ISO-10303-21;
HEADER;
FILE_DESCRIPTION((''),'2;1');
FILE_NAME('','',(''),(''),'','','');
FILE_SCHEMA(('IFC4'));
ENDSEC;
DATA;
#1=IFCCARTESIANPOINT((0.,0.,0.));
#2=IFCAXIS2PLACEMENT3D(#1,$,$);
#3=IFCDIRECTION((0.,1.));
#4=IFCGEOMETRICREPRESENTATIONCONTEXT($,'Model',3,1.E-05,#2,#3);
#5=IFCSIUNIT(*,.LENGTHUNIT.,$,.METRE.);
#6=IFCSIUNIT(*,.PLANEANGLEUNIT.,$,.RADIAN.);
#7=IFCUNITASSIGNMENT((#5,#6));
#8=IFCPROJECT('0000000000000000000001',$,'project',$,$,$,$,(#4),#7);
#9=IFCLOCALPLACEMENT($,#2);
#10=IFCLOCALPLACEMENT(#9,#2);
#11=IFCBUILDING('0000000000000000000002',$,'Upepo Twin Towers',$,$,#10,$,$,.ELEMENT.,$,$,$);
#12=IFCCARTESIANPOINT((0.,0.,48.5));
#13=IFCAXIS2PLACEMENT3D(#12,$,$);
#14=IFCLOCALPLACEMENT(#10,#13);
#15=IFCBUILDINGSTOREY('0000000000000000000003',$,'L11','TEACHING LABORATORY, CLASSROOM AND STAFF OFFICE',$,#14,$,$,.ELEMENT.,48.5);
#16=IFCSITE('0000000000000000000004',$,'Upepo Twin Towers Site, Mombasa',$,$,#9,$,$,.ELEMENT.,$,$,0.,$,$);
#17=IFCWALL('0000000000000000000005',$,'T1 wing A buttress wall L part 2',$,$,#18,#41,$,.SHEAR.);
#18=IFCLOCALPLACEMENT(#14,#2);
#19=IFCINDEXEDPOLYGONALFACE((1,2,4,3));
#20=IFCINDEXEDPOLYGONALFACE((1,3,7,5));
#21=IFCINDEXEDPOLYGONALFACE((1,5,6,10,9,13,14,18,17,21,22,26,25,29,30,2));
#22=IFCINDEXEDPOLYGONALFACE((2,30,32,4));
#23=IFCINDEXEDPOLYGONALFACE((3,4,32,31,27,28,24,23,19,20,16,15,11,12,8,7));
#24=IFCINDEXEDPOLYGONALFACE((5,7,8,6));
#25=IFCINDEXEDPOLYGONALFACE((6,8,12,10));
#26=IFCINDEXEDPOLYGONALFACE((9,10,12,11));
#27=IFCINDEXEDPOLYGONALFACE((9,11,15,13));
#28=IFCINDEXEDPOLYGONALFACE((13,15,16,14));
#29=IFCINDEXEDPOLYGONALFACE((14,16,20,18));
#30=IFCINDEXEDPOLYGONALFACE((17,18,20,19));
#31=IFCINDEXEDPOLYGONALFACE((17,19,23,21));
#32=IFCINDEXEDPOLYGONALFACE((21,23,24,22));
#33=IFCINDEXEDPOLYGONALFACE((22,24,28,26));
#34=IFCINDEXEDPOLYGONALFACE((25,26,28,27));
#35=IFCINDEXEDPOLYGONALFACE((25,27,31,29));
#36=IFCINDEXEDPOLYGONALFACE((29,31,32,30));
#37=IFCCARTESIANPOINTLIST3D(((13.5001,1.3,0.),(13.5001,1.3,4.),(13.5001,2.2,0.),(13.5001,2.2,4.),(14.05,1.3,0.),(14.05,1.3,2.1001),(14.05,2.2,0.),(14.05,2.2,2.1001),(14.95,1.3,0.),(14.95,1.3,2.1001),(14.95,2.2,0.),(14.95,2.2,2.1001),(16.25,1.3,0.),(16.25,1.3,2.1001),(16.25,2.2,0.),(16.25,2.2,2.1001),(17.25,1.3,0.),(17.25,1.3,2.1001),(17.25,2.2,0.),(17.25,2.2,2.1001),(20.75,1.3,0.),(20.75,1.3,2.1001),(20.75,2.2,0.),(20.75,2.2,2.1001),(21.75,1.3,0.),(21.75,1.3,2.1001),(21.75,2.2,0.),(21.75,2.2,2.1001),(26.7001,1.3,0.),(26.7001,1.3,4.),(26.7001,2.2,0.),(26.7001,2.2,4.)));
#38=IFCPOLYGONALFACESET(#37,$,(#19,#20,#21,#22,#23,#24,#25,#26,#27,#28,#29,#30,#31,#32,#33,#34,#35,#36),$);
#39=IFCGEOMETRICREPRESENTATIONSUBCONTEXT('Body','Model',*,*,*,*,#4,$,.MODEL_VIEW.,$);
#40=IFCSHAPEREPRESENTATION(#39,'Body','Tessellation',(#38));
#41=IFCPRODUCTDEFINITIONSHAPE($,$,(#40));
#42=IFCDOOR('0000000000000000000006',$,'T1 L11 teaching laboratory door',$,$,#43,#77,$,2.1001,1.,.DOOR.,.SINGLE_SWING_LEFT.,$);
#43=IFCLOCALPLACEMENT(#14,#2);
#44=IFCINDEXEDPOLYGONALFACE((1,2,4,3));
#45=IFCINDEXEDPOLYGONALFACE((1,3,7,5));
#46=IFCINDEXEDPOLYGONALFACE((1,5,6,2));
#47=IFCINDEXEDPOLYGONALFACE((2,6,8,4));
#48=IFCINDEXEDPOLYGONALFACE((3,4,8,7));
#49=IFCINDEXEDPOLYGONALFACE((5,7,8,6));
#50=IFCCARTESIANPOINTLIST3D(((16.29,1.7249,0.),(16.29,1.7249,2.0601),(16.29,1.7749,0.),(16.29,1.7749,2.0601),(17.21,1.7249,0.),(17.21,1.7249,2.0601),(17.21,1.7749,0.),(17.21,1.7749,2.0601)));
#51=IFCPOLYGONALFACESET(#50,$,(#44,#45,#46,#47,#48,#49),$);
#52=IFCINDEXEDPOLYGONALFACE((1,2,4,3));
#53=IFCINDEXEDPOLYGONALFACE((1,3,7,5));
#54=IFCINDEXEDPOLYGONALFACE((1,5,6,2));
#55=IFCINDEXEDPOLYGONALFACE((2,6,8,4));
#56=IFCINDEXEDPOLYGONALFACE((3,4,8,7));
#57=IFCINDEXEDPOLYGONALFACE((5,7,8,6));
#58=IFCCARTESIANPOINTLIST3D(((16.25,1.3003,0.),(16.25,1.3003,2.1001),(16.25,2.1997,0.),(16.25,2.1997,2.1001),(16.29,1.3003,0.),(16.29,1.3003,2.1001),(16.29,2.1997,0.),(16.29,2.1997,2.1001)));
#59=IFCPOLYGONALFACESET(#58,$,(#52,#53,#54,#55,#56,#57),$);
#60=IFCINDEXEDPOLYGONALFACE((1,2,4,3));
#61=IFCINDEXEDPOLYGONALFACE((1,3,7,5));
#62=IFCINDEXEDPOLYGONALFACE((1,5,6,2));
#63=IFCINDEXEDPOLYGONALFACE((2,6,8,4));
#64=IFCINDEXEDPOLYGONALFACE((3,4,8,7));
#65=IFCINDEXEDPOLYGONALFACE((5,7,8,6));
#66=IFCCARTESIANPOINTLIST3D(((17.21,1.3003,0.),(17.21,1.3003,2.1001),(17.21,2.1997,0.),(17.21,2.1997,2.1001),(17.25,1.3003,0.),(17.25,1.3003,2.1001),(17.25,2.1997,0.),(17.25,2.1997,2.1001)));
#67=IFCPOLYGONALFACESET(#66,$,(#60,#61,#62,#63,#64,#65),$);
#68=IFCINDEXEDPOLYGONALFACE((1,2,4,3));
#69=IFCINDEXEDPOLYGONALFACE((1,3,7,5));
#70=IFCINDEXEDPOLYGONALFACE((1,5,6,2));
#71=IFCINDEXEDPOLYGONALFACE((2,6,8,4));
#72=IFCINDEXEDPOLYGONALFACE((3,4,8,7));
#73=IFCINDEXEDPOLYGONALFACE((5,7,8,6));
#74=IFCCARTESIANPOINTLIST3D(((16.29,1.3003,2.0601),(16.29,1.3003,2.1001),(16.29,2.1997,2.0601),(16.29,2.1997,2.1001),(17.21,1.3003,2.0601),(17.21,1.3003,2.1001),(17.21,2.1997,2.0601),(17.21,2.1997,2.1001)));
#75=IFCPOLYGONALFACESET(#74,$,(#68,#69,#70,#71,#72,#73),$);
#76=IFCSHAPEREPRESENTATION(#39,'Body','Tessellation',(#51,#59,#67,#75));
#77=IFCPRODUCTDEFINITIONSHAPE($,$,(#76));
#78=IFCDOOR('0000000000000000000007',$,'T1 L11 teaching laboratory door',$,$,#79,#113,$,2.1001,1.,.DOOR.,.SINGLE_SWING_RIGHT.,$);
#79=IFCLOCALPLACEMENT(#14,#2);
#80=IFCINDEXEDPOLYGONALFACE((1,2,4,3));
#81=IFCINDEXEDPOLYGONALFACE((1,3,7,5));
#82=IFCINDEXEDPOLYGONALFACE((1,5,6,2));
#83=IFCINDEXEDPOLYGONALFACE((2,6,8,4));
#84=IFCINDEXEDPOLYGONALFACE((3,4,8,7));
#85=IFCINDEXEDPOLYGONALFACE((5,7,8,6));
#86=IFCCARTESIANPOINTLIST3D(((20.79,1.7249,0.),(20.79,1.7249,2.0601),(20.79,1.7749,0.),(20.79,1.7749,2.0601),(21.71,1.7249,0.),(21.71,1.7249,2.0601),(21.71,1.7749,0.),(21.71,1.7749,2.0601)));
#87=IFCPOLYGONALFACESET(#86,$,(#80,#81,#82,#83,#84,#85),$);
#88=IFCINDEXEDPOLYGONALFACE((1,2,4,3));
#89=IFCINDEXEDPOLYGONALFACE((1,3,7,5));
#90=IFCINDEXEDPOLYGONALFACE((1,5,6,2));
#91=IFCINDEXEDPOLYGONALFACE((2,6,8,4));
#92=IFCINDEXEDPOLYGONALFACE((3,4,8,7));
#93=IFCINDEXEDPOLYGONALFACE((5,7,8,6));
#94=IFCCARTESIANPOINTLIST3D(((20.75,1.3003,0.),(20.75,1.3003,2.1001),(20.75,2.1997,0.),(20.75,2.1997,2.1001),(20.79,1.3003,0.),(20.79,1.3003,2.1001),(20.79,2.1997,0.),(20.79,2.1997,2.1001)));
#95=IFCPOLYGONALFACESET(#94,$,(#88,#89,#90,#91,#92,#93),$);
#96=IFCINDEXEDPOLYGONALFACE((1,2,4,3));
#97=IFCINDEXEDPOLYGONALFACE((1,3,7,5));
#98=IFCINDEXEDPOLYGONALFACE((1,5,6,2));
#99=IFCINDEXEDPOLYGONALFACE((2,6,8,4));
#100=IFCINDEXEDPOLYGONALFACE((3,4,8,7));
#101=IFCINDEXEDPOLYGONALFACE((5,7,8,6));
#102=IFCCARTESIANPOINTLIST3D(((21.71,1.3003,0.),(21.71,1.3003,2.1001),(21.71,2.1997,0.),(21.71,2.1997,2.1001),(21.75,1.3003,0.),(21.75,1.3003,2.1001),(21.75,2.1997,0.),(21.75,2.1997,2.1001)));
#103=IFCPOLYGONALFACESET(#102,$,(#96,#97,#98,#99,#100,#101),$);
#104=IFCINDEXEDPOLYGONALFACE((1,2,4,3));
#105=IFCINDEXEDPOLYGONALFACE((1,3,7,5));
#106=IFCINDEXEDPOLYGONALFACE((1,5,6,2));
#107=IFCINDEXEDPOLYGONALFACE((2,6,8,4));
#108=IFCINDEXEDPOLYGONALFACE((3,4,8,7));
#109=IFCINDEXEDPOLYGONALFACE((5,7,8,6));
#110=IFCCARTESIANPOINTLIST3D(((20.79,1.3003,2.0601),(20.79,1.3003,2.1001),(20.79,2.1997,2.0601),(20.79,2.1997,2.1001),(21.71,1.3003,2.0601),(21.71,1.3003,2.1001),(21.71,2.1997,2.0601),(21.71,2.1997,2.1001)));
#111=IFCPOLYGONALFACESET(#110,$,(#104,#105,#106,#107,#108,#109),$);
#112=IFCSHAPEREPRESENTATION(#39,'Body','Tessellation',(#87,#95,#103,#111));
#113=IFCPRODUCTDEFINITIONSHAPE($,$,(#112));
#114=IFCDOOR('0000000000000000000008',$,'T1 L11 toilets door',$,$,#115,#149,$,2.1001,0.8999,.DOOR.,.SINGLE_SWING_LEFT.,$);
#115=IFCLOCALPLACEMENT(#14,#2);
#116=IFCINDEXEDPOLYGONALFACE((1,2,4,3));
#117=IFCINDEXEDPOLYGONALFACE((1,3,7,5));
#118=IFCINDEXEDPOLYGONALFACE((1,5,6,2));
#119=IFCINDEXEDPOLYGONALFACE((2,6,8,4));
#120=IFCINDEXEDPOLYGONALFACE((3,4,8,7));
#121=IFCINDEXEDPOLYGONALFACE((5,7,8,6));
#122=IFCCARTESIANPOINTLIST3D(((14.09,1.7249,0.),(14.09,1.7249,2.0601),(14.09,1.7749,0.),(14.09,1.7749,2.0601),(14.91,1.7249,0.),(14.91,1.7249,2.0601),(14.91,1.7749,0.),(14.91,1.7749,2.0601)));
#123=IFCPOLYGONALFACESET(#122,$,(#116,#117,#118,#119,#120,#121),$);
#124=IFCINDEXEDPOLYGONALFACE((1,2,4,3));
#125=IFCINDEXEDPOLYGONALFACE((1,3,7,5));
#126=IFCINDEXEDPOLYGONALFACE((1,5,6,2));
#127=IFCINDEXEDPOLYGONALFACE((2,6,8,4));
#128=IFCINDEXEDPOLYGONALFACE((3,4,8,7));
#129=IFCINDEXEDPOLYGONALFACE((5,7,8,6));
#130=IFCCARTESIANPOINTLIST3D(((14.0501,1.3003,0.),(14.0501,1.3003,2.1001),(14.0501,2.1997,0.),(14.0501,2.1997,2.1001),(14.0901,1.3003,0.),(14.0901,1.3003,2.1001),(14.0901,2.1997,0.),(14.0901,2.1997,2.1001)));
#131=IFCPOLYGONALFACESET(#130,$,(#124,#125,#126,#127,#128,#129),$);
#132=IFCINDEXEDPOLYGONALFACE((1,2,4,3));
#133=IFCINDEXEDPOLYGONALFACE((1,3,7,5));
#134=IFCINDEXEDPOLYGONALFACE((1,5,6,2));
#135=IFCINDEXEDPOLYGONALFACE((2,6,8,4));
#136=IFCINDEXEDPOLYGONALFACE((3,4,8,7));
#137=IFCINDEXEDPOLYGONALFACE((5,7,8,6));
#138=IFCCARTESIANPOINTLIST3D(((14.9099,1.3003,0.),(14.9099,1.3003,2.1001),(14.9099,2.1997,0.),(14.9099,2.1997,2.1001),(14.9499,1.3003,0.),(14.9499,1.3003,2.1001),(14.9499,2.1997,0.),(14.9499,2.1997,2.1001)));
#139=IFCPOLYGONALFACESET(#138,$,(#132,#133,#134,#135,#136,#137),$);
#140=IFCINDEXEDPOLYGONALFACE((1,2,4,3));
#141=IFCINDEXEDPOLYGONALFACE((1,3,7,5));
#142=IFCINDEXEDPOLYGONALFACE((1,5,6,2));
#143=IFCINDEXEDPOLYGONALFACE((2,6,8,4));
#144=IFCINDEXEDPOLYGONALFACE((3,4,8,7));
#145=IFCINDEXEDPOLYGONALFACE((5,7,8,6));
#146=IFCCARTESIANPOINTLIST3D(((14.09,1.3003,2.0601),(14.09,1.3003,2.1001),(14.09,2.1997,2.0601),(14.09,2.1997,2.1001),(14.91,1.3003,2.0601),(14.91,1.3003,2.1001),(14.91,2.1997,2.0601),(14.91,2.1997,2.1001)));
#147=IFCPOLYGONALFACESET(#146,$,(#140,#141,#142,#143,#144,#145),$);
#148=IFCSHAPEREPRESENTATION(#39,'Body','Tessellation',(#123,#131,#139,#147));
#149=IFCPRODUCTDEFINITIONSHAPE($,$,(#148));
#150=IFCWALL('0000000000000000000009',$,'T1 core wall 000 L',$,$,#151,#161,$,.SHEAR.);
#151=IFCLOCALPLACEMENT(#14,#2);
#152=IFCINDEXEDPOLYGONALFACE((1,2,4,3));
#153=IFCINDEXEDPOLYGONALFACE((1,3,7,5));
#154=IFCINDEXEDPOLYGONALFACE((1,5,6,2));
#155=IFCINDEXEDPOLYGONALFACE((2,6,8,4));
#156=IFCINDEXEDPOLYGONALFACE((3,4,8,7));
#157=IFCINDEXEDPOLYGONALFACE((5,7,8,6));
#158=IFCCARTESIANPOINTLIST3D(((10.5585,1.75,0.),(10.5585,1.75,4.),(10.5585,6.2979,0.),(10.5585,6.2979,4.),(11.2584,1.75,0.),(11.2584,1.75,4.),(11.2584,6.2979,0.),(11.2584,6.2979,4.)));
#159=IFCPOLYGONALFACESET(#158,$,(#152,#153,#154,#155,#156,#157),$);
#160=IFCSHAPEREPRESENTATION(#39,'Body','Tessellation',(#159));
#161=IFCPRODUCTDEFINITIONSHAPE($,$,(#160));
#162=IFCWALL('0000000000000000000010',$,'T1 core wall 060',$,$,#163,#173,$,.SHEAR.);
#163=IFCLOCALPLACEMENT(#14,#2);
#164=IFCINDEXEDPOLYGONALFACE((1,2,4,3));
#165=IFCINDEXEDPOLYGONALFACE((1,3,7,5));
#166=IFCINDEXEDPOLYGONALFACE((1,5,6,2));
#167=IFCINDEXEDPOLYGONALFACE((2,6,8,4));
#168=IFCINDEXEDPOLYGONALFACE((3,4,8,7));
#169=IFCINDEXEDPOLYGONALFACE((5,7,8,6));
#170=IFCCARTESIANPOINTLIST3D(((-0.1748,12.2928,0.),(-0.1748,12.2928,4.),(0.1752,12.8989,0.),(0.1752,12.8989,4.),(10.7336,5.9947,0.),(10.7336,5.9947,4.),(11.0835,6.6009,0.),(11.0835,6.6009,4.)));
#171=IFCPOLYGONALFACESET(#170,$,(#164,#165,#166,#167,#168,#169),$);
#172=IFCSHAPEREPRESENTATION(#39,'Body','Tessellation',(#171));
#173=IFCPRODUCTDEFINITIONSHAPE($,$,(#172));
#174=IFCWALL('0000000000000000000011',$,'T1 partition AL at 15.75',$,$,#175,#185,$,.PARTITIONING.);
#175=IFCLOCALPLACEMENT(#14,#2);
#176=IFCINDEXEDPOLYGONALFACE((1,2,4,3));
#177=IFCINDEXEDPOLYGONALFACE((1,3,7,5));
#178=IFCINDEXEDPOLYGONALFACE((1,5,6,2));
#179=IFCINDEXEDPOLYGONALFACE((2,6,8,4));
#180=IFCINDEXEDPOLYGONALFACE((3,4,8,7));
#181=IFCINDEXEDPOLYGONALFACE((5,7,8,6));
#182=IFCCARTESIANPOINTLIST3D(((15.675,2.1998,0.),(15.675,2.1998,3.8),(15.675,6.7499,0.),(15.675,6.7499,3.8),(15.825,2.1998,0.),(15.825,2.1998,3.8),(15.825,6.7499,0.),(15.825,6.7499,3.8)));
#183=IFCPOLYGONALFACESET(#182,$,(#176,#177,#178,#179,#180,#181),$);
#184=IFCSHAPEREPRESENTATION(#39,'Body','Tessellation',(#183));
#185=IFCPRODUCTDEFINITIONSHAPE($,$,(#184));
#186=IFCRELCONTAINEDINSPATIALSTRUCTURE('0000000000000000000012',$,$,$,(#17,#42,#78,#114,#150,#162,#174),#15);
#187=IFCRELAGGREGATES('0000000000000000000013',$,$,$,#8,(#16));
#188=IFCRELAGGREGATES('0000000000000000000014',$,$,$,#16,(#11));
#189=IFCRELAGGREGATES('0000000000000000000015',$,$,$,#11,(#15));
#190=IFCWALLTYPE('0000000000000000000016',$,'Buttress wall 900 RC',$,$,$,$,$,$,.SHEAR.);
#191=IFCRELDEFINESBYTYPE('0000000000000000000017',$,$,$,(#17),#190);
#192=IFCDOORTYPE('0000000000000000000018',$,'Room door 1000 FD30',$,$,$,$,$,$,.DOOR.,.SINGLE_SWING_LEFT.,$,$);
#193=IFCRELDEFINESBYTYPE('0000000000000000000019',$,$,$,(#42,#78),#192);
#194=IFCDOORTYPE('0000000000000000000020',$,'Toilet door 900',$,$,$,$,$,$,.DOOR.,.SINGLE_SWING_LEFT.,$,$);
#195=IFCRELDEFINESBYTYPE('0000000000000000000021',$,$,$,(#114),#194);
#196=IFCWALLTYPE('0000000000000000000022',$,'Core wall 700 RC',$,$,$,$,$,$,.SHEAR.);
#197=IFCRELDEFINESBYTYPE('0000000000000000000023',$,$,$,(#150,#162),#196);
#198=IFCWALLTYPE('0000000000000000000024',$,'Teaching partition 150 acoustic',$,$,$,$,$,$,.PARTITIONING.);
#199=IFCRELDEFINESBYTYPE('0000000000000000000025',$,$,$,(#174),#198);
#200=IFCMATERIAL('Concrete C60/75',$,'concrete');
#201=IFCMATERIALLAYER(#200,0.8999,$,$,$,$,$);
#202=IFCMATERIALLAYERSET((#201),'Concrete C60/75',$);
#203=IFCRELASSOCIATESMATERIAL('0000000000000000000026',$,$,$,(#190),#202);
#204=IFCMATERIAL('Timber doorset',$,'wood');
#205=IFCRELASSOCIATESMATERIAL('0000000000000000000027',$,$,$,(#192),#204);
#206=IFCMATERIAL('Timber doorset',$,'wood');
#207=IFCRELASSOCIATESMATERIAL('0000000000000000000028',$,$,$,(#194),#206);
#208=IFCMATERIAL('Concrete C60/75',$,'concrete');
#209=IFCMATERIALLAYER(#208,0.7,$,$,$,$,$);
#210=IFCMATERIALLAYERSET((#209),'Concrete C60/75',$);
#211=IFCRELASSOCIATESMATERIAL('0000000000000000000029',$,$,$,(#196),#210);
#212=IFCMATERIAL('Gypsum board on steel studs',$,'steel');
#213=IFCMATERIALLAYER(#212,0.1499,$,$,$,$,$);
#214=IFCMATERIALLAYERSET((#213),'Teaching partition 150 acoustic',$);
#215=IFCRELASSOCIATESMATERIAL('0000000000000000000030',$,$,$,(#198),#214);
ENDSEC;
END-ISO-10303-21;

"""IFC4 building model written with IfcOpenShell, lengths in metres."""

from ifc_helpers import new_model, si_unit, direction, frame, frame_2d, origin, place, context, subcontext, project, spatial, rectangle, extrude, material, layer, layer_set, type_object, element, fill, save


model = new_model("IFC4")

# Units and contexts
model_context = context("Model", 3, precision=1e-05, world=origin(), true_north=direction((0.0, 1.0)))
body_context = subcontext(model_context, "Body", "Model", "MODEL_VIEW")
ifc_project = project(units=[si_unit("LENGTHUNIT", "METRE"), si_unit("PLANEANGLEUNIT", "RADIAN")], contexts=[model_context])

# Site, building, storey
site_placement = place(None, origin())
site = spatial("IfcSite", under=ifc_project, at=site_placement, Name="Upepo Twin Towers Site, Mombasa", CompositionType="ELEMENT", RefElevation=0.0)
building_placement = place(site_placement, origin())
building = spatial("IfcBuilding", under=site, at=building_placement, Name="Upepo Twin Towers", CompositionType="ELEMENT")
storey_placement = place(building_placement, frame((0.0, 0.0, 48.5)))
storey = spatial("IfcBuildingStorey", under=building, at=storey_placement, Name="L11", Description="TEACHING LABORATORY, CLASSROOM AND STAFF OFFICE", CompositionType="ELEMENT", Elevation=48.5)

# Wall, openings, doors
ifc_material_1 = material(Name="Concrete C60/75", Category="concrete")
ifc_layer_1 = layer(ifc_material_1, 0.8999)
ifc_layer_set_1 = layer_set([ifc_layer_1], Name="Concrete C60/75")
wall_type_1 = type_object("IfcWallType", Name="Buttress wall 900 RC", PredefinedType="SHEAR", material=ifc_layer_set_1)
wall_1_placement = place(storey_placement, frame((13.5, 1.75, 0.0), z_axis=(0.0, 0.0, 1.0), x_axis=(1.0, 0.0, 0.0)))
wall_1 = element("IfcWall", 1, at=wall_1_placement, inside=storey, type_object=wall_type_1, Name="T1 wing A buttress wall L part 2", PredefinedType="SHEAR", context=body_context, shape_type="SweptSolid", body=[
    extrude(rectangle(XDim=13.2, YDim=0.8999, at=frame_2d((6.6001, 0.0))), origin(), (0.0, 0.0, 1.0), 4.0),
])
opening_1_placement = place(wall_1_placement, frame((0.55, 0.0, 0.0)))
opening_1 = element("IfcOpeningElement", 2, at=opening_1_placement, cuts=wall_1, PredefinedType="OPENING", context=body_context, shape_type="SweptSolid", body=[
    extrude(rectangle(XDim=0.8999, YDim=2.1001, at=frame_2d((0.45, 1.05))), frame((0.0, 0.46, 0.0), z_axis=(0.0, -1.0, 0.0), x_axis=(1.0, 0.0, 0.0)), (0.0, 0.0, 1.0), 0.9199),
])
opening_2_placement = place(wall_1_placement, frame((2.75, 0.0, 0.0)))
opening_2 = element("IfcOpeningElement", 3, at=opening_2_placement, cuts=wall_1, PredefinedType="OPENING", context=body_context, shape_type="SweptSolid", body=[
    extrude(rectangle(XDim=1.0, YDim=2.1001, at=frame_2d((0.5, 1.05))), frame((0.0, 0.46, 0.0), z_axis=(0.0, -1.0, 0.0), x_axis=(1.0, 0.0, 0.0)), (0.0, 0.0, 1.0), 0.9199),
])
opening_3_placement = place(wall_1_placement, frame((7.25, 0.0, 0.0)))
opening_3 = element("IfcOpeningElement", 4, at=opening_3_placement, cuts=wall_1, PredefinedType="OPENING", context=body_context, shape_type="SweptSolid", body=[
    extrude(rectangle(XDim=1.0, YDim=2.1001, at=frame_2d((0.5, 1.05))), frame((0.0, 0.46, 0.0), z_axis=(0.0, -1.0, 0.0), x_axis=(1.0, 0.0, 0.0)), (0.0, 0.0, 1.0), 0.9199),
])
ifc_material_2 = material(Name="Timber doorset", Category="wood")
door_type_1 = type_object("IfcDoorType", Name="Room door 1000 FD30", OperationType="SINGLE_SWING_LEFT", PredefinedType="DOOR", material=ifc_material_2)
door_1_placement = place(opening_2_placement, origin())
door_1 = element("IfcDoor", 5, at=door_1_placement, inside=storey, type_object=door_type_1, Name="T1 L11 teaching laboratory door", OperationType="SINGLE_SWING_LEFT", OverallHeight=2.1001, OverallWidth=1.0, PredefinedType="DOOR", context=body_context, shape_type="SweptSolid", body=[
    extrude(rectangle(XDim=0.92, YDim=2.0601, at=frame_2d((0.5, 1.03))), frame((0.0, 0.0249, 0.0), z_axis=(0.0, -1.0, 0.0), x_axis=(1.0, 0.0, 0.0)), (0.0, 0.0, 1.0), 0.05),
    extrude(rectangle(XDim=0.04, YDim=2.1001, at=frame_2d((0.02, 1.05))), frame((0.0, 0.4497, 0.0), z_axis=(0.0, -1.0, 0.0), x_axis=(1.0, 0.0, 0.0)), (0.0, 0.0, 1.0), 0.8994),
    extrude(rectangle(XDim=0.04, YDim=2.1001, at=frame_2d((0.98, 1.05))), frame((0.0, 0.4497, 0.0), z_axis=(0.0, -1.0, 0.0), x_axis=(1.0, 0.0, 0.0)), (0.0, 0.0, 1.0), 0.8994),
    extrude(rectangle(XDim=0.92, YDim=0.04, at=frame_2d((0.5, 2.0801))), frame((0.0, 0.4497, 0.0), z_axis=(0.0, -1.0, 0.0), x_axis=(1.0, 0.0, 0.0)), (0.0, 0.0, 1.0), 0.8994),
])
fill(opening_2, door_1)
door_2_placement = place(opening_3_placement, origin())
door_2 = element("IfcDoor", 6, at=door_2_placement, inside=storey, type_object=door_type_1, Name="T1 L11 teaching laboratory door", OperationType="SINGLE_SWING_RIGHT", OverallHeight=2.1001, OverallWidth=1.0, PredefinedType="DOOR", context=body_context, shape_type="SweptSolid", body=[
    extrude(rectangle(XDim=0.92, YDim=2.0601, at=frame_2d((0.5, 1.03))), frame((0.0, 0.0249, 0.0), z_axis=(0.0, -1.0, 0.0), x_axis=(1.0, 0.0, 0.0)), (0.0, 0.0, 1.0), 0.05),
    extrude(rectangle(XDim=0.04, YDim=2.1001, at=frame_2d((0.02, 1.05))), frame((0.0, 0.4497, 0.0), z_axis=(0.0, -1.0, 0.0), x_axis=(1.0, 0.0, 0.0)), (0.0, 0.0, 1.0), 0.8994),
    extrude(rectangle(XDim=0.04, YDim=2.1001, at=frame_2d((0.98, 1.05))), frame((0.0, 0.4497, 0.0), z_axis=(0.0, -1.0, 0.0), x_axis=(1.0, 0.0, 0.0)), (0.0, 0.0, 1.0), 0.8994),
    extrude(rectangle(XDim=0.92, YDim=0.04, at=frame_2d((0.5, 2.0801))), frame((0.0, 0.4497, 0.0), z_axis=(0.0, -1.0, 0.0), x_axis=(1.0, 0.0, 0.0)), (0.0, 0.0, 1.0), 0.8994),
])
fill(opening_3, door_2)
ifc_material_3 = material(Name="Timber doorset", Category="wood")
door_type_2 = type_object("IfcDoorType", Name="Toilet door 900", OperationType="SINGLE_SWING_LEFT", PredefinedType="DOOR", material=ifc_material_3)
door_3_placement = place(opening_1_placement, origin())
door_3 = element("IfcDoor", 7, at=door_3_placement, inside=storey, type_object=door_type_2, Name="T1 L11 toilets door", OperationType="SINGLE_SWING_LEFT", OverallHeight=2.1001, OverallWidth=0.8999, PredefinedType="DOOR", context=body_context, shape_type="SweptSolid", body=[
    extrude(rectangle(XDim=0.8199, YDim=2.0601, at=frame_2d((0.45, 1.03))), frame((0.0, 0.0249, 0.0), z_axis=(0.0, -1.0, 0.0), x_axis=(1.0, 0.0, 0.0)), (0.0, 0.0, 1.0), 0.05),
    extrude(rectangle(XDim=0.04, YDim=2.1001, at=frame_2d((0.02, 1.05))), frame((0.0, 0.4497, 0.0), z_axis=(0.0, -1.0, 0.0), x_axis=(1.0, 0.0, 0.0)), (0.0, 0.0, 1.0), 0.8994),
    extrude(rectangle(XDim=0.04, YDim=2.1001, at=frame_2d((0.8799, 1.05))), frame((0.0, 0.4497, 0.0), z_axis=(0.0, -1.0, 0.0), x_axis=(1.0, 0.0, 0.0)), (0.0, 0.0, 1.0), 0.8994),
    extrude(rectangle(XDim=0.8199, YDim=0.04, at=frame_2d((0.45, 2.0801))), frame((0.0, 0.4497, 0.0), z_axis=(0.0, -1.0, 0.0), x_axis=(1.0, 0.0, 0.0)), (0.0, 0.0, 1.0), 0.8994),
])
fill(opening_1, door_3)

# Walls
ifc_material_4 = material(Name="Concrete C60/75", Category="concrete")
ifc_layer_2 = layer(ifc_material_4, 0.7)
ifc_layer_set_2 = layer_set([ifc_layer_2], Name="Concrete C60/75")
wall_type_2 = type_object("IfcWallType", Name="Core wall 700 RC", PredefinedType="SHEAR", material=ifc_layer_set_2)
wall_2_placement = place(storey_placement, frame((10.9084, 1.75, 0.0), z_axis=(0.0, 0.0, 1.0), x_axis=(0.0, 1.0, 0.0)))
element("IfcWall", 8, at=wall_2_placement, inside=storey, type_object=wall_type_2, Name="T1 core wall 000 L", PredefinedType="SHEAR", context=body_context, shape_type="SweptSolid", body=[
    extrude(rectangle(XDim=4.5479, YDim=0.7, at=frame_2d((2.2739, 0.0))), origin(), (0.0, 0.0, 1.0), 4.0),
])
wall_3_placement = place(storey_placement, frame((10.9084, 6.2979, 0.0), z_axis=(0.0, 0.0, 1.0), x_axis=(-0.866022, 0.500006, 0.0)))
element("IfcWall", 9, at=wall_3_placement, inside=storey, type_object=wall_type_2, Name="T1 core wall 060", PredefinedType="SHEAR", context=body_context, shape_type="SweptSolid", body=[
    extrude(rectangle(XDim=12.5959, YDim=0.7, at=frame_2d((6.2979, 0.0))), origin(), (0.0, 0.0, 1.0), 4.0),
])
ifc_material_5 = material(Name="Gypsum board on steel studs", Category="steel")
ifc_layer_3 = layer(ifc_material_5, 0.1499)
ifc_layer_set_3 = layer_set([ifc_layer_3], Name="Teaching partition 150 acoustic")
wall_type_3 = type_object("IfcWallType", Name="Teaching partition 150 acoustic", PredefinedType="PARTITIONING", material=ifc_layer_set_3)
wall_4_placement = place(storey_placement, frame((15.75, 2.2, 0.0), z_axis=(0.0, 0.0, 1.0), x_axis=(0.0, 1.0, 0.0)))
element("IfcWall", 10, at=wall_4_placement, inside=storey, type_object=wall_type_3, Name="T1 partition AL at 15.75", PredefinedType="PARTITIONING", context=body_context, shape_type="SweptSolid", body=[
    extrude(rectangle(XDim=4.55, YDim=0.1499, at=frame_2d((2.2749, 0.0))), origin(), (0.0, 0.0, 1.0), 3.8),
])

save(model, "model.ifc")
